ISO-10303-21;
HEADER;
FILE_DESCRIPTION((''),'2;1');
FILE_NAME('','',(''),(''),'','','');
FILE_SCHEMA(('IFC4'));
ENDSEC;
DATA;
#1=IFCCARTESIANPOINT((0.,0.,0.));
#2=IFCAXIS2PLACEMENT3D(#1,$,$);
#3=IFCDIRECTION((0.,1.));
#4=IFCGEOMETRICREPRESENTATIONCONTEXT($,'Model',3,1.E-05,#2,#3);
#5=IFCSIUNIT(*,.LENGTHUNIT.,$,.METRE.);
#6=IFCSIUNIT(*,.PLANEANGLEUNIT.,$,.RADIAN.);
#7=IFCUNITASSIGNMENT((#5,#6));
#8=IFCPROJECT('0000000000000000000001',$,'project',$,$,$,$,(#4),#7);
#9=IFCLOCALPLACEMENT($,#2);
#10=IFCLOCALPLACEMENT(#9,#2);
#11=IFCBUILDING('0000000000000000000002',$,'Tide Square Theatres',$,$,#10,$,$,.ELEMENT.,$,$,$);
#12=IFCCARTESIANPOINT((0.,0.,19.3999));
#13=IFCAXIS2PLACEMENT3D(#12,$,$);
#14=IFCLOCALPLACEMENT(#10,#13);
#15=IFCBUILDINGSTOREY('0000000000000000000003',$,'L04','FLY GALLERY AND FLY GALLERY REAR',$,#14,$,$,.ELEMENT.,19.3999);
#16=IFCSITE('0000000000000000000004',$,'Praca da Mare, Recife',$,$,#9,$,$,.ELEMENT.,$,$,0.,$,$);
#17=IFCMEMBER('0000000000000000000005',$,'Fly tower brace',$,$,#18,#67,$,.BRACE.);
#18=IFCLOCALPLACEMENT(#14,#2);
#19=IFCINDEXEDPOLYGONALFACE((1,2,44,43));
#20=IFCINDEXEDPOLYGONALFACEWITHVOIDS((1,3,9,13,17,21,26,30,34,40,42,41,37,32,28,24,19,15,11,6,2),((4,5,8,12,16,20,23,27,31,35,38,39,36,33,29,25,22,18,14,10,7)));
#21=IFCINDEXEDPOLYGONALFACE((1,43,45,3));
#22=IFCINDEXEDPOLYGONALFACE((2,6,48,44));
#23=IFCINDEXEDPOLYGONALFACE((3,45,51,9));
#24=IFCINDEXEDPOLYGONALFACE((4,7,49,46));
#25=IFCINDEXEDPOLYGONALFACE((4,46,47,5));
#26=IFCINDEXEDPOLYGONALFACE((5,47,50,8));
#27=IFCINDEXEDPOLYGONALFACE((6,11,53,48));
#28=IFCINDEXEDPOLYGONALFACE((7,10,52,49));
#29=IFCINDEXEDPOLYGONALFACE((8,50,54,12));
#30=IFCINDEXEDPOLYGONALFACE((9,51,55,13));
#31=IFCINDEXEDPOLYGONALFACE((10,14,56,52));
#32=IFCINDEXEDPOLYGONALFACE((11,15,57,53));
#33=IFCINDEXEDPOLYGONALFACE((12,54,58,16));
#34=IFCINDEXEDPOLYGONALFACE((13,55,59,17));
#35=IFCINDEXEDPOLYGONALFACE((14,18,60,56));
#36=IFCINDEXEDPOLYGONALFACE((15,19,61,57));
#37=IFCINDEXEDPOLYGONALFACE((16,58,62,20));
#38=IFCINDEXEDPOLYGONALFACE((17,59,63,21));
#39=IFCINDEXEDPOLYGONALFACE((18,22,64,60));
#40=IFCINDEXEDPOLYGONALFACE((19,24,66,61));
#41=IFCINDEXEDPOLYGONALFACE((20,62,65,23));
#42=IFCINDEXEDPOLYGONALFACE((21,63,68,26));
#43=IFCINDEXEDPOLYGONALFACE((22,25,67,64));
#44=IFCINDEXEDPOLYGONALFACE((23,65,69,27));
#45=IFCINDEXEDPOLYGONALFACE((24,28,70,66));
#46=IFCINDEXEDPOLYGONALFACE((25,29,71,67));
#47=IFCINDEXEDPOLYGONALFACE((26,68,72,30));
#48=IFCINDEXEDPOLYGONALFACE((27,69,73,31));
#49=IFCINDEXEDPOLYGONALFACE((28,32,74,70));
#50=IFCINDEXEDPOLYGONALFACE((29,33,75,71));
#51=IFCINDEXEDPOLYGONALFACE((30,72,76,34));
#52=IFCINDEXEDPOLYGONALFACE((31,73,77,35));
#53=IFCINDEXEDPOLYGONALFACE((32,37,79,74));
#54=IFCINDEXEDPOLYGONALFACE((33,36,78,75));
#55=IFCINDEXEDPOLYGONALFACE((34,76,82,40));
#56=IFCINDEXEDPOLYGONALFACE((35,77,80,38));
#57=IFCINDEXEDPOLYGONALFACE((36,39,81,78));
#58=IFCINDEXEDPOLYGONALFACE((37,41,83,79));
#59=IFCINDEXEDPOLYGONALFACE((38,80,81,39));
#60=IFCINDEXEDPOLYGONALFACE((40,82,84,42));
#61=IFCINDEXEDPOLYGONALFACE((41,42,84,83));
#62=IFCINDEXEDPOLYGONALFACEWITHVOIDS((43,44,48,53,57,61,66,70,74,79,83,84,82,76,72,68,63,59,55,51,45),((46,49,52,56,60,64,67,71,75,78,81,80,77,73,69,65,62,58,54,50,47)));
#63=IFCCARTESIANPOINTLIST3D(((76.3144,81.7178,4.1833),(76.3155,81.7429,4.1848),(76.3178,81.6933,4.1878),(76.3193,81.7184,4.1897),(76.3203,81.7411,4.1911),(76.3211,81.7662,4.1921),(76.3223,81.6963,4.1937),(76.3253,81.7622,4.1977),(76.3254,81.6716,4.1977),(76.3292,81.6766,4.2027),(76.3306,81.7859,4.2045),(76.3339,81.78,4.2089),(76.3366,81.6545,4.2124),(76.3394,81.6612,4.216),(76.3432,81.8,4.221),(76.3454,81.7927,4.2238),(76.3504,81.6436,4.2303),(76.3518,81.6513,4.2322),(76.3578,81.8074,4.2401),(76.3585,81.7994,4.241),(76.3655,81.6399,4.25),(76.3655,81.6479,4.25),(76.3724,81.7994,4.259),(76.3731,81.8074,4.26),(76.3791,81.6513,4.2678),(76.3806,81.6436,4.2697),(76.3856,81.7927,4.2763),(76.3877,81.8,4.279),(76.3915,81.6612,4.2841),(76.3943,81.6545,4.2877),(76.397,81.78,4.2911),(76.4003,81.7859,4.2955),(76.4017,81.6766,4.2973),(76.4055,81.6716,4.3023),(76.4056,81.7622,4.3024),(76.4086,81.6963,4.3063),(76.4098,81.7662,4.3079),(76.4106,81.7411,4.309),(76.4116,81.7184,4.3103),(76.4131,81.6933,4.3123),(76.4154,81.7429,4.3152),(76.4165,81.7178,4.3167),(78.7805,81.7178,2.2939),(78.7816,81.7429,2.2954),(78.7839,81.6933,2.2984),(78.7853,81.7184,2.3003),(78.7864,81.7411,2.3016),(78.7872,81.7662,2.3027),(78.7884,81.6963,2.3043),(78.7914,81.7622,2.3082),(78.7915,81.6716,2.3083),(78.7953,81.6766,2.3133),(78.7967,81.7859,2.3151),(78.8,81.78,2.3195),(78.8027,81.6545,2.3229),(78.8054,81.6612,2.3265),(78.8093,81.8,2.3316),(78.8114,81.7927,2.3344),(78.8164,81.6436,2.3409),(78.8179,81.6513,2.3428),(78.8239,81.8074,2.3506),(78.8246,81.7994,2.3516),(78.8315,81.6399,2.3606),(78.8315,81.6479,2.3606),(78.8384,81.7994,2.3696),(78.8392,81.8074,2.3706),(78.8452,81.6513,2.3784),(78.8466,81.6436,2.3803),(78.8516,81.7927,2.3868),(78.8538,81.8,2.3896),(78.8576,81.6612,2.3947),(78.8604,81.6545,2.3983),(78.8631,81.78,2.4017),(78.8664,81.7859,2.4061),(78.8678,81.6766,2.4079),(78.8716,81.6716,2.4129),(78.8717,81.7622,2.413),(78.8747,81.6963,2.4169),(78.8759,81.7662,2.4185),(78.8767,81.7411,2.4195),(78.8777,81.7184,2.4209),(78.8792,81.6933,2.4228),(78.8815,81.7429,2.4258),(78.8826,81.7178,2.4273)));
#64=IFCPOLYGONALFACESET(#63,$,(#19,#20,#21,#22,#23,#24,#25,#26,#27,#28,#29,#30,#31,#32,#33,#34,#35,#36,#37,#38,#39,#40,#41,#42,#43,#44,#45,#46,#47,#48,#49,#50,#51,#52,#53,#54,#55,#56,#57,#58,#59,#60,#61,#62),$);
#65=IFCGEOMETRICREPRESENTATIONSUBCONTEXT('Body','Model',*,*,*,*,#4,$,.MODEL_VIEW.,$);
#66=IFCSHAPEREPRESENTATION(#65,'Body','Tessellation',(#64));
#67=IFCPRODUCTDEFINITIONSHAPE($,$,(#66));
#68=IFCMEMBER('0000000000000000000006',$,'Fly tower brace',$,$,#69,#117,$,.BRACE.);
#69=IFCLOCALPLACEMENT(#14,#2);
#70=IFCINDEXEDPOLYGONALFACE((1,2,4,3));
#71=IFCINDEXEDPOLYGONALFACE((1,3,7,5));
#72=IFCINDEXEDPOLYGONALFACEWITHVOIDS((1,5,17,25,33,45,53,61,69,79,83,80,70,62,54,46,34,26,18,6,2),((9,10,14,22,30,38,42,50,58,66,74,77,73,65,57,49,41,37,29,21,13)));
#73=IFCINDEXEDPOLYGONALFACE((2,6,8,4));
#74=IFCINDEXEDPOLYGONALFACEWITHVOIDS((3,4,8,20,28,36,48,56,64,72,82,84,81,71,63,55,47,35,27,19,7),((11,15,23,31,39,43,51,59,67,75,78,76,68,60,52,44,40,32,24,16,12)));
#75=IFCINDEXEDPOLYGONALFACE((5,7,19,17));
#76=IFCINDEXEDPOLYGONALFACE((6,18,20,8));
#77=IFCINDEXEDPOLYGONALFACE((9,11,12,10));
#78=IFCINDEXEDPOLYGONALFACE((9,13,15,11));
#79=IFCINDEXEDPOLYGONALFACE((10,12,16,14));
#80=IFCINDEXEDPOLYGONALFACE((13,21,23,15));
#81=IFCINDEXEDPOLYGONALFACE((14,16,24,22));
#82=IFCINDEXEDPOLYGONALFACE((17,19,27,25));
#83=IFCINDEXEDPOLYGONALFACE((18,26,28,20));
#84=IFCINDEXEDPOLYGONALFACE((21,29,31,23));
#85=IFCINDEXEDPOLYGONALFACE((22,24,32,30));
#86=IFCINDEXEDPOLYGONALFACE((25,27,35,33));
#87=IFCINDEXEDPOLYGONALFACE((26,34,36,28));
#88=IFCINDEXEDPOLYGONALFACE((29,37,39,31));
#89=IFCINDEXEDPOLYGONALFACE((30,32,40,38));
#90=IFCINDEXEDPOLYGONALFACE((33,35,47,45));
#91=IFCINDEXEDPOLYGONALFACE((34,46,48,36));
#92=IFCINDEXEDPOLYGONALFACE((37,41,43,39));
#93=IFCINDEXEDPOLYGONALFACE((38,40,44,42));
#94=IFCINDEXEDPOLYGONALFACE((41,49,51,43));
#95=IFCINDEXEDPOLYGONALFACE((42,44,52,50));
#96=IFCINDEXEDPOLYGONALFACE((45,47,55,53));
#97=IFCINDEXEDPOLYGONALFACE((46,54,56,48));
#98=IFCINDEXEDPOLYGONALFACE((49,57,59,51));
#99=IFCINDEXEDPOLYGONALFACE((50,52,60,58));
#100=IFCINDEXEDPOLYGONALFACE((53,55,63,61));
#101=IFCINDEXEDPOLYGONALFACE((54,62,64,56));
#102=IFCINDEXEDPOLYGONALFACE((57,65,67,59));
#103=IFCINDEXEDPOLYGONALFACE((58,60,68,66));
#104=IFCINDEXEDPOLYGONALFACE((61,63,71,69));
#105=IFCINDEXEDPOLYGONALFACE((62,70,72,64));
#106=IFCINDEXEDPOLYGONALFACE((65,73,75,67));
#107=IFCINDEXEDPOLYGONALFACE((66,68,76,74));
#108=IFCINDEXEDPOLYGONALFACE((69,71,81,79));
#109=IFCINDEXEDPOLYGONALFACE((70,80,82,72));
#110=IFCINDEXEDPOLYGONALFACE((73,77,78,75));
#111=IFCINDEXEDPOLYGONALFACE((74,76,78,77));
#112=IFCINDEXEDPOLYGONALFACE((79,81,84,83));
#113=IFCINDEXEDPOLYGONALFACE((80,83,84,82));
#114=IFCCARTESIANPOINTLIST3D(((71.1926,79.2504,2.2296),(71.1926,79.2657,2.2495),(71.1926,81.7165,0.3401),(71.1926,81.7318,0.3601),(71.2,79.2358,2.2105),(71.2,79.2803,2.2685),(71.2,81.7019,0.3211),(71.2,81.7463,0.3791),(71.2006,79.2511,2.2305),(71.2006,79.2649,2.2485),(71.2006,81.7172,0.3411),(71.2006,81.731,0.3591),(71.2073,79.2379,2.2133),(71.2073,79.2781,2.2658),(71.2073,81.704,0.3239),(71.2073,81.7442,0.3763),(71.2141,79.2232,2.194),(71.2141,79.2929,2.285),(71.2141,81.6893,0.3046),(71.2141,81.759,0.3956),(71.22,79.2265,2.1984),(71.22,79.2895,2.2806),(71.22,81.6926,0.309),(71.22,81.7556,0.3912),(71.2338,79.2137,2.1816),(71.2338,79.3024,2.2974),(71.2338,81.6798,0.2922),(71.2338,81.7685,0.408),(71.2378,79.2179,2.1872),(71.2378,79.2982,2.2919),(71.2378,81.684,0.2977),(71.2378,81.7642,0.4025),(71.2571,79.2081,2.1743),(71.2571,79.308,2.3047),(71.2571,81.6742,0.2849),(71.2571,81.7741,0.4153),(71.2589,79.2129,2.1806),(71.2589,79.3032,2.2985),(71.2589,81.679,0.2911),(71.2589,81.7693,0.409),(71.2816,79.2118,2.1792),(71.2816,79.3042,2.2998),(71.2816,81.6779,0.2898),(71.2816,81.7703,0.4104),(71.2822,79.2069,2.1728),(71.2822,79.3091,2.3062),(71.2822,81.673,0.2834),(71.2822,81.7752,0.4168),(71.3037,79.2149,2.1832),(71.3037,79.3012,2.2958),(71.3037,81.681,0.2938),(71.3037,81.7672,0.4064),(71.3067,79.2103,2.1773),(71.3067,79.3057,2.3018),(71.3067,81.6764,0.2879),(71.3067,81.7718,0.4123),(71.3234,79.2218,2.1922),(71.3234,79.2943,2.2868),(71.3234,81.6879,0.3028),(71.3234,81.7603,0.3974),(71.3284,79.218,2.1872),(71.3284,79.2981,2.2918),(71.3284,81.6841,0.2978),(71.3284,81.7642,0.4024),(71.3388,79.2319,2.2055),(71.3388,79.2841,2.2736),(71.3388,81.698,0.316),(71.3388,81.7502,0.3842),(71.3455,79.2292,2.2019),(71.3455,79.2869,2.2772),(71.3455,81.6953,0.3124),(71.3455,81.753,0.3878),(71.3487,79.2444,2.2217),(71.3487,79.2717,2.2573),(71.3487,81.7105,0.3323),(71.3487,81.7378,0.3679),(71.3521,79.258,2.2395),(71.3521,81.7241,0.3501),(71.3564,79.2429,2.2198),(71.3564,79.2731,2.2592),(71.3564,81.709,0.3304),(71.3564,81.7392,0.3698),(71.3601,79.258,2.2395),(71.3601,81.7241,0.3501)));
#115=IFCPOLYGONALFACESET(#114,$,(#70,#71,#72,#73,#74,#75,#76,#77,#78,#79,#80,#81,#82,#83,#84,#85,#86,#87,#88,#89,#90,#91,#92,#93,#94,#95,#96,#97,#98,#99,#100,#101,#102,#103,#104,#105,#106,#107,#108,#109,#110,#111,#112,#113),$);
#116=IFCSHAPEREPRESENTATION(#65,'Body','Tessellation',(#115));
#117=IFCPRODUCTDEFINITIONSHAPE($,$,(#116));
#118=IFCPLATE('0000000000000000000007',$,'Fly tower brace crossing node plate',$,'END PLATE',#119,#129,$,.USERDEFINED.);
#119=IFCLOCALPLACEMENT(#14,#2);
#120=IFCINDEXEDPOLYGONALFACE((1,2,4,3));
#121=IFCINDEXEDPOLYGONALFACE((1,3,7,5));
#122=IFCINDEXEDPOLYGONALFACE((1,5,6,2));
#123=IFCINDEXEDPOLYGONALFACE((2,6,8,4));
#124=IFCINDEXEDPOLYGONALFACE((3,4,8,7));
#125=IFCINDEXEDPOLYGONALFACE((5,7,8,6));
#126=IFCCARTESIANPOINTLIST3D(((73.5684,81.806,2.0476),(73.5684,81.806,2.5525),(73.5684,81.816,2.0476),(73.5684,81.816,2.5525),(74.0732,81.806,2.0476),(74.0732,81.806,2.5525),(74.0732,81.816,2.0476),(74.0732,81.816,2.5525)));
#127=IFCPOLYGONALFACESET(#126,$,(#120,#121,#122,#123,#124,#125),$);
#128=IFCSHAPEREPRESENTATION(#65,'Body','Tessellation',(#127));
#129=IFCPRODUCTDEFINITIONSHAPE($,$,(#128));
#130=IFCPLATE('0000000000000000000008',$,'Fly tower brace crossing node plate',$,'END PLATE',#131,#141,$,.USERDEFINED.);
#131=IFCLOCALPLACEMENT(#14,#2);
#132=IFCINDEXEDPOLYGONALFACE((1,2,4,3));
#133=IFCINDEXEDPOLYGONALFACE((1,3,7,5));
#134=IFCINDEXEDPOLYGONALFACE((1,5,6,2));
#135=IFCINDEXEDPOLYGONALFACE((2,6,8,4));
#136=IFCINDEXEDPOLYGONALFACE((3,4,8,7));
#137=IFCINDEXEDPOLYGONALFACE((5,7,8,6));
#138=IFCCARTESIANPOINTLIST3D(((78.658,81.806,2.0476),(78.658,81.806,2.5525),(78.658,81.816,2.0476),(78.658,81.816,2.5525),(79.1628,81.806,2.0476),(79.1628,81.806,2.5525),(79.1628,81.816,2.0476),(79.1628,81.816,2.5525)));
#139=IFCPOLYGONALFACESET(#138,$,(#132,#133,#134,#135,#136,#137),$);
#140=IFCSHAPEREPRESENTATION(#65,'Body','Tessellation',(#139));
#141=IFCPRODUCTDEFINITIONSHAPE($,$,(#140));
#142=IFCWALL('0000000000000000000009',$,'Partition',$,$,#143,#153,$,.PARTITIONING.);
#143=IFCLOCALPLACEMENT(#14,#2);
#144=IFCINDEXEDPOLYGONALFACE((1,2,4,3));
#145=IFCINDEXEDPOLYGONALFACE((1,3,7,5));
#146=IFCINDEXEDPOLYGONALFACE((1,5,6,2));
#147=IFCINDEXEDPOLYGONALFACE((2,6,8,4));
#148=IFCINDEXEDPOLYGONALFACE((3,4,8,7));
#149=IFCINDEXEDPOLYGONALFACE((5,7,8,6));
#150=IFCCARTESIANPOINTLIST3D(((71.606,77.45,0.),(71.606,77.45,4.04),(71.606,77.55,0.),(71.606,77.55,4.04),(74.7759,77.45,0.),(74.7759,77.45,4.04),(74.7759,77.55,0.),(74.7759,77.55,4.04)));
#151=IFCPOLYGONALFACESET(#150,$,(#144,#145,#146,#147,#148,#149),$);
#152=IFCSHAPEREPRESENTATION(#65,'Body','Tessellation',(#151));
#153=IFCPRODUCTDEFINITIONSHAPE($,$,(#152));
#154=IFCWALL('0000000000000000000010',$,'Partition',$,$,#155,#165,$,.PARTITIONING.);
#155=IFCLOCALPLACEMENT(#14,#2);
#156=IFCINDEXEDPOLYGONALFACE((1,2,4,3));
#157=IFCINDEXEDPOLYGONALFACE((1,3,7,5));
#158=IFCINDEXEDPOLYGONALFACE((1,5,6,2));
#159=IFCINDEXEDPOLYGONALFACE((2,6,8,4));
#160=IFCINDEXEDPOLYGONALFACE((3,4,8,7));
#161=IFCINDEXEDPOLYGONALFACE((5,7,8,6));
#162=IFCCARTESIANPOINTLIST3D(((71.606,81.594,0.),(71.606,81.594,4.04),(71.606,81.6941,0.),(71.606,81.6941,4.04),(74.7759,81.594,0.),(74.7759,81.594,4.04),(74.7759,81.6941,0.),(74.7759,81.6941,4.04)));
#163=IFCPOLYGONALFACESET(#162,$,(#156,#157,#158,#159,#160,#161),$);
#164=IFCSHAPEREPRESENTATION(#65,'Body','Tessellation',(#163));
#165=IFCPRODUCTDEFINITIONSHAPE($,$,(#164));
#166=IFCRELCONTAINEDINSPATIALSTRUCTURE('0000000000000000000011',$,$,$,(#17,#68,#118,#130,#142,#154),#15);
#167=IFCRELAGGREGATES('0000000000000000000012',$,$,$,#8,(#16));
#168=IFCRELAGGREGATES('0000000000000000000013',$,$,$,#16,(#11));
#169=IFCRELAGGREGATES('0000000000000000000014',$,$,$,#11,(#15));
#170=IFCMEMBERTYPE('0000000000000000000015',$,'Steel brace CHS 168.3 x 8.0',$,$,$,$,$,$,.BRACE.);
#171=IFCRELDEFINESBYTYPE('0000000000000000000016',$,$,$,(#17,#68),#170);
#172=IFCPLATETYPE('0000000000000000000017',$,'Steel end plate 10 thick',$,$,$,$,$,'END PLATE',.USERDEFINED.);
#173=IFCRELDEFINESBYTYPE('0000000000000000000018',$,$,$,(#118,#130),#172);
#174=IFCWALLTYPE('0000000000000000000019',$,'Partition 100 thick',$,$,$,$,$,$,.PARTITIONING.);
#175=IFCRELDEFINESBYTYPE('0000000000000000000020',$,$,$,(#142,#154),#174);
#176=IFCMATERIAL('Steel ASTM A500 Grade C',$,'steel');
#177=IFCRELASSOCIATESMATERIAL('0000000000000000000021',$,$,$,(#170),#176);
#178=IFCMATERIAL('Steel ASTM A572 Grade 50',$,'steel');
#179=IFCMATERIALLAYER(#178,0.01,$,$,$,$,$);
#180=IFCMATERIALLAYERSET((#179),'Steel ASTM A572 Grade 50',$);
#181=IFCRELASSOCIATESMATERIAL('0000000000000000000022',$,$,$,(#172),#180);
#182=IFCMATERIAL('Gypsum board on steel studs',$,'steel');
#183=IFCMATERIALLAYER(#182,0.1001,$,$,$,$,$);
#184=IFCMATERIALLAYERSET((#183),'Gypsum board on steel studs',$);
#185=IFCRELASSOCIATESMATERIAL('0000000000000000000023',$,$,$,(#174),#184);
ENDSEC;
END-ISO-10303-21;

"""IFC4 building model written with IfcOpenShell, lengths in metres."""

from ifc_helpers import new_model, si_unit, direction, frame, frame_2d, origin, origin_2d, place, context, subcontext, project, spatial, rectangle, hollow_circle, extrude, material, layer, layer_set, material_profile, profile_set, type_object, element, save


model = new_model("IFC4")

# Units and contexts
model_context = context("Model", 3, precision=1e-05, world=origin(), true_north=direction((0.0, 1.0)))
body_context = subcontext(model_context, "Body", "Model", "MODEL_VIEW")
ifc_project = project(units=[si_unit("LENGTHUNIT", "METRE"), si_unit("PLANEANGLEUNIT", "RADIAN")], contexts=[model_context])

# Site, building, storey
site_placement = place(None, origin())
site = spatial("IfcSite", under=ifc_project, at=site_placement, Name="Praca da Mare, Recife", CompositionType="ELEMENT", RefElevation=0.0)
building_placement = place(site_placement, origin())
building = spatial("IfcBuilding", under=site, at=building_placement, Name="Tide Square Theatres", CompositionType="ELEMENT")
storey_placement = place(building_placement, frame((0.0, 0.0, 19.3999)))
storey = spatial("IfcBuildingStorey", under=building, at=storey_placement, Name="L04", Description="FLY GALLERY AND FLY GALLERY REAR", CompositionType="ELEMENT", Elevation=19.3999)

# Members
ifc_material_1 = material(Name="Steel ASTM A500 Grade C", Category="steel")
ifc_material_profile_1 = material_profile(ifc_material_1, hollow_circle(Radius=0.0842, WallThickness=0.0081, at=origin_2d()))
ifc_profile_set_1 = profile_set([ifc_material_profile_1], Name="Steel ASTM A500 Grade C")
member_type = type_object("IfcMemberType", Name="Steel brace CHS 168.3 x 8.0", PredefinedType="BRACE", material=ifc_profile_set_1)
for number, where, z_axis, x_axis, name in (
    (1, (78.8315, 81.7241, 2.3606), (-0.7938, 0.0, 0.608179), (0.0, -1.0, 0.0), "Fly tower brace"),
    (2, (71.2759, 81.7241, 0.3501), (0.0, -0.7938, 0.608179), (1.0, 0.0, 0.0), "Fly tower brace"),
):
    element("IfcMember", number, at=place(storey_placement, frame(where, z_axis=z_axis, x_axis=x_axis)), inside=storey, type_object=member_type, Name=name, PredefinedType="BRACE", context=body_context, shape_type="SweptSolid", body=[
        extrude(hollow_circle(Radius=0.0842, WallThickness=0.0081, at=origin_2d()), origin(), (0.0, 0.0, 1.0), 3.1067),
    ])

# Plates
ifc_material_2 = material(Name="Steel ASTM A572 Grade 50", Category="steel")
ifc_layer_1 = layer(ifc_material_2, 0.01)
ifc_layer_set_1 = layer_set([ifc_layer_1], Name="Steel ASTM A572 Grade 50")
plate_type = type_object("IfcPlateType", Name="Steel end plate 10 thick", ElementType="END PLATE", PredefinedType="USERDEFINED", material=ifc_layer_set_1)
for number, where, z_axis, x_axis, name in (
    (3, (73.8208, 81.811, 2.0476), (0.0, 0.0, 1.0), (0.0, 1.0, 0.0), "Fly tower brace crossing node plate"),
    (4, (78.9104, 81.811, 2.0476), (0.0, 0.0, 1.0), (0.0, 1.0, 0.0), "Fly tower brace crossing node plate"),
):
    element("IfcPlate", number, at=place(storey_placement, frame(where, z_axis=z_axis, x_axis=x_axis)), inside=storey, type_object=plate_type, Name=name, ObjectType="END PLATE", PredefinedType="USERDEFINED", context=body_context, shape_type="SweptSolid", body=[
        extrude(rectangle(XDim=0.01, YDim=0.5049, at=origin_2d()), origin(), (0.0, 0.0, 1.0), 0.5049),
    ])

# Walls
ifc_material_3 = material(Name="Gypsum board on steel studs", Category="steel")
ifc_layer_2 = layer(ifc_material_3, 0.1001)
ifc_layer_set_2 = layer_set([ifc_layer_2], Name="Gypsum board on steel studs")
wall_type = type_object("IfcWallType", Name="Partition 100 thick", PredefinedType="PARTITIONING", material=ifc_layer_set_2)
for number, where, z_axis, x_axis, name in (
    (5, (71.606, 77.5, 0.0), (0.0, 0.0, 1.0), (1.0, 0.0, 0.0), "Partition"),
    (6, (71.606, 81.644, 0.0), (0.0, 0.0, 1.0), (1.0, 0.0, 0.0), "Partition"),
):
    element("IfcWall", number, at=place(storey_placement, frame(where, z_axis=z_axis, x_axis=x_axis)), inside=storey, type_object=wall_type, Name=name, PredefinedType="PARTITIONING", context=body_context, shape_type="SweptSolid", body=[
        extrude(rectangle(XDim=3.1699, YDim=0.1001, at=frame_2d((1.585, 0.0))), origin(), (0.0, 0.0, 1.0), 4.04),
    ])

save(model, "model.ifc")
